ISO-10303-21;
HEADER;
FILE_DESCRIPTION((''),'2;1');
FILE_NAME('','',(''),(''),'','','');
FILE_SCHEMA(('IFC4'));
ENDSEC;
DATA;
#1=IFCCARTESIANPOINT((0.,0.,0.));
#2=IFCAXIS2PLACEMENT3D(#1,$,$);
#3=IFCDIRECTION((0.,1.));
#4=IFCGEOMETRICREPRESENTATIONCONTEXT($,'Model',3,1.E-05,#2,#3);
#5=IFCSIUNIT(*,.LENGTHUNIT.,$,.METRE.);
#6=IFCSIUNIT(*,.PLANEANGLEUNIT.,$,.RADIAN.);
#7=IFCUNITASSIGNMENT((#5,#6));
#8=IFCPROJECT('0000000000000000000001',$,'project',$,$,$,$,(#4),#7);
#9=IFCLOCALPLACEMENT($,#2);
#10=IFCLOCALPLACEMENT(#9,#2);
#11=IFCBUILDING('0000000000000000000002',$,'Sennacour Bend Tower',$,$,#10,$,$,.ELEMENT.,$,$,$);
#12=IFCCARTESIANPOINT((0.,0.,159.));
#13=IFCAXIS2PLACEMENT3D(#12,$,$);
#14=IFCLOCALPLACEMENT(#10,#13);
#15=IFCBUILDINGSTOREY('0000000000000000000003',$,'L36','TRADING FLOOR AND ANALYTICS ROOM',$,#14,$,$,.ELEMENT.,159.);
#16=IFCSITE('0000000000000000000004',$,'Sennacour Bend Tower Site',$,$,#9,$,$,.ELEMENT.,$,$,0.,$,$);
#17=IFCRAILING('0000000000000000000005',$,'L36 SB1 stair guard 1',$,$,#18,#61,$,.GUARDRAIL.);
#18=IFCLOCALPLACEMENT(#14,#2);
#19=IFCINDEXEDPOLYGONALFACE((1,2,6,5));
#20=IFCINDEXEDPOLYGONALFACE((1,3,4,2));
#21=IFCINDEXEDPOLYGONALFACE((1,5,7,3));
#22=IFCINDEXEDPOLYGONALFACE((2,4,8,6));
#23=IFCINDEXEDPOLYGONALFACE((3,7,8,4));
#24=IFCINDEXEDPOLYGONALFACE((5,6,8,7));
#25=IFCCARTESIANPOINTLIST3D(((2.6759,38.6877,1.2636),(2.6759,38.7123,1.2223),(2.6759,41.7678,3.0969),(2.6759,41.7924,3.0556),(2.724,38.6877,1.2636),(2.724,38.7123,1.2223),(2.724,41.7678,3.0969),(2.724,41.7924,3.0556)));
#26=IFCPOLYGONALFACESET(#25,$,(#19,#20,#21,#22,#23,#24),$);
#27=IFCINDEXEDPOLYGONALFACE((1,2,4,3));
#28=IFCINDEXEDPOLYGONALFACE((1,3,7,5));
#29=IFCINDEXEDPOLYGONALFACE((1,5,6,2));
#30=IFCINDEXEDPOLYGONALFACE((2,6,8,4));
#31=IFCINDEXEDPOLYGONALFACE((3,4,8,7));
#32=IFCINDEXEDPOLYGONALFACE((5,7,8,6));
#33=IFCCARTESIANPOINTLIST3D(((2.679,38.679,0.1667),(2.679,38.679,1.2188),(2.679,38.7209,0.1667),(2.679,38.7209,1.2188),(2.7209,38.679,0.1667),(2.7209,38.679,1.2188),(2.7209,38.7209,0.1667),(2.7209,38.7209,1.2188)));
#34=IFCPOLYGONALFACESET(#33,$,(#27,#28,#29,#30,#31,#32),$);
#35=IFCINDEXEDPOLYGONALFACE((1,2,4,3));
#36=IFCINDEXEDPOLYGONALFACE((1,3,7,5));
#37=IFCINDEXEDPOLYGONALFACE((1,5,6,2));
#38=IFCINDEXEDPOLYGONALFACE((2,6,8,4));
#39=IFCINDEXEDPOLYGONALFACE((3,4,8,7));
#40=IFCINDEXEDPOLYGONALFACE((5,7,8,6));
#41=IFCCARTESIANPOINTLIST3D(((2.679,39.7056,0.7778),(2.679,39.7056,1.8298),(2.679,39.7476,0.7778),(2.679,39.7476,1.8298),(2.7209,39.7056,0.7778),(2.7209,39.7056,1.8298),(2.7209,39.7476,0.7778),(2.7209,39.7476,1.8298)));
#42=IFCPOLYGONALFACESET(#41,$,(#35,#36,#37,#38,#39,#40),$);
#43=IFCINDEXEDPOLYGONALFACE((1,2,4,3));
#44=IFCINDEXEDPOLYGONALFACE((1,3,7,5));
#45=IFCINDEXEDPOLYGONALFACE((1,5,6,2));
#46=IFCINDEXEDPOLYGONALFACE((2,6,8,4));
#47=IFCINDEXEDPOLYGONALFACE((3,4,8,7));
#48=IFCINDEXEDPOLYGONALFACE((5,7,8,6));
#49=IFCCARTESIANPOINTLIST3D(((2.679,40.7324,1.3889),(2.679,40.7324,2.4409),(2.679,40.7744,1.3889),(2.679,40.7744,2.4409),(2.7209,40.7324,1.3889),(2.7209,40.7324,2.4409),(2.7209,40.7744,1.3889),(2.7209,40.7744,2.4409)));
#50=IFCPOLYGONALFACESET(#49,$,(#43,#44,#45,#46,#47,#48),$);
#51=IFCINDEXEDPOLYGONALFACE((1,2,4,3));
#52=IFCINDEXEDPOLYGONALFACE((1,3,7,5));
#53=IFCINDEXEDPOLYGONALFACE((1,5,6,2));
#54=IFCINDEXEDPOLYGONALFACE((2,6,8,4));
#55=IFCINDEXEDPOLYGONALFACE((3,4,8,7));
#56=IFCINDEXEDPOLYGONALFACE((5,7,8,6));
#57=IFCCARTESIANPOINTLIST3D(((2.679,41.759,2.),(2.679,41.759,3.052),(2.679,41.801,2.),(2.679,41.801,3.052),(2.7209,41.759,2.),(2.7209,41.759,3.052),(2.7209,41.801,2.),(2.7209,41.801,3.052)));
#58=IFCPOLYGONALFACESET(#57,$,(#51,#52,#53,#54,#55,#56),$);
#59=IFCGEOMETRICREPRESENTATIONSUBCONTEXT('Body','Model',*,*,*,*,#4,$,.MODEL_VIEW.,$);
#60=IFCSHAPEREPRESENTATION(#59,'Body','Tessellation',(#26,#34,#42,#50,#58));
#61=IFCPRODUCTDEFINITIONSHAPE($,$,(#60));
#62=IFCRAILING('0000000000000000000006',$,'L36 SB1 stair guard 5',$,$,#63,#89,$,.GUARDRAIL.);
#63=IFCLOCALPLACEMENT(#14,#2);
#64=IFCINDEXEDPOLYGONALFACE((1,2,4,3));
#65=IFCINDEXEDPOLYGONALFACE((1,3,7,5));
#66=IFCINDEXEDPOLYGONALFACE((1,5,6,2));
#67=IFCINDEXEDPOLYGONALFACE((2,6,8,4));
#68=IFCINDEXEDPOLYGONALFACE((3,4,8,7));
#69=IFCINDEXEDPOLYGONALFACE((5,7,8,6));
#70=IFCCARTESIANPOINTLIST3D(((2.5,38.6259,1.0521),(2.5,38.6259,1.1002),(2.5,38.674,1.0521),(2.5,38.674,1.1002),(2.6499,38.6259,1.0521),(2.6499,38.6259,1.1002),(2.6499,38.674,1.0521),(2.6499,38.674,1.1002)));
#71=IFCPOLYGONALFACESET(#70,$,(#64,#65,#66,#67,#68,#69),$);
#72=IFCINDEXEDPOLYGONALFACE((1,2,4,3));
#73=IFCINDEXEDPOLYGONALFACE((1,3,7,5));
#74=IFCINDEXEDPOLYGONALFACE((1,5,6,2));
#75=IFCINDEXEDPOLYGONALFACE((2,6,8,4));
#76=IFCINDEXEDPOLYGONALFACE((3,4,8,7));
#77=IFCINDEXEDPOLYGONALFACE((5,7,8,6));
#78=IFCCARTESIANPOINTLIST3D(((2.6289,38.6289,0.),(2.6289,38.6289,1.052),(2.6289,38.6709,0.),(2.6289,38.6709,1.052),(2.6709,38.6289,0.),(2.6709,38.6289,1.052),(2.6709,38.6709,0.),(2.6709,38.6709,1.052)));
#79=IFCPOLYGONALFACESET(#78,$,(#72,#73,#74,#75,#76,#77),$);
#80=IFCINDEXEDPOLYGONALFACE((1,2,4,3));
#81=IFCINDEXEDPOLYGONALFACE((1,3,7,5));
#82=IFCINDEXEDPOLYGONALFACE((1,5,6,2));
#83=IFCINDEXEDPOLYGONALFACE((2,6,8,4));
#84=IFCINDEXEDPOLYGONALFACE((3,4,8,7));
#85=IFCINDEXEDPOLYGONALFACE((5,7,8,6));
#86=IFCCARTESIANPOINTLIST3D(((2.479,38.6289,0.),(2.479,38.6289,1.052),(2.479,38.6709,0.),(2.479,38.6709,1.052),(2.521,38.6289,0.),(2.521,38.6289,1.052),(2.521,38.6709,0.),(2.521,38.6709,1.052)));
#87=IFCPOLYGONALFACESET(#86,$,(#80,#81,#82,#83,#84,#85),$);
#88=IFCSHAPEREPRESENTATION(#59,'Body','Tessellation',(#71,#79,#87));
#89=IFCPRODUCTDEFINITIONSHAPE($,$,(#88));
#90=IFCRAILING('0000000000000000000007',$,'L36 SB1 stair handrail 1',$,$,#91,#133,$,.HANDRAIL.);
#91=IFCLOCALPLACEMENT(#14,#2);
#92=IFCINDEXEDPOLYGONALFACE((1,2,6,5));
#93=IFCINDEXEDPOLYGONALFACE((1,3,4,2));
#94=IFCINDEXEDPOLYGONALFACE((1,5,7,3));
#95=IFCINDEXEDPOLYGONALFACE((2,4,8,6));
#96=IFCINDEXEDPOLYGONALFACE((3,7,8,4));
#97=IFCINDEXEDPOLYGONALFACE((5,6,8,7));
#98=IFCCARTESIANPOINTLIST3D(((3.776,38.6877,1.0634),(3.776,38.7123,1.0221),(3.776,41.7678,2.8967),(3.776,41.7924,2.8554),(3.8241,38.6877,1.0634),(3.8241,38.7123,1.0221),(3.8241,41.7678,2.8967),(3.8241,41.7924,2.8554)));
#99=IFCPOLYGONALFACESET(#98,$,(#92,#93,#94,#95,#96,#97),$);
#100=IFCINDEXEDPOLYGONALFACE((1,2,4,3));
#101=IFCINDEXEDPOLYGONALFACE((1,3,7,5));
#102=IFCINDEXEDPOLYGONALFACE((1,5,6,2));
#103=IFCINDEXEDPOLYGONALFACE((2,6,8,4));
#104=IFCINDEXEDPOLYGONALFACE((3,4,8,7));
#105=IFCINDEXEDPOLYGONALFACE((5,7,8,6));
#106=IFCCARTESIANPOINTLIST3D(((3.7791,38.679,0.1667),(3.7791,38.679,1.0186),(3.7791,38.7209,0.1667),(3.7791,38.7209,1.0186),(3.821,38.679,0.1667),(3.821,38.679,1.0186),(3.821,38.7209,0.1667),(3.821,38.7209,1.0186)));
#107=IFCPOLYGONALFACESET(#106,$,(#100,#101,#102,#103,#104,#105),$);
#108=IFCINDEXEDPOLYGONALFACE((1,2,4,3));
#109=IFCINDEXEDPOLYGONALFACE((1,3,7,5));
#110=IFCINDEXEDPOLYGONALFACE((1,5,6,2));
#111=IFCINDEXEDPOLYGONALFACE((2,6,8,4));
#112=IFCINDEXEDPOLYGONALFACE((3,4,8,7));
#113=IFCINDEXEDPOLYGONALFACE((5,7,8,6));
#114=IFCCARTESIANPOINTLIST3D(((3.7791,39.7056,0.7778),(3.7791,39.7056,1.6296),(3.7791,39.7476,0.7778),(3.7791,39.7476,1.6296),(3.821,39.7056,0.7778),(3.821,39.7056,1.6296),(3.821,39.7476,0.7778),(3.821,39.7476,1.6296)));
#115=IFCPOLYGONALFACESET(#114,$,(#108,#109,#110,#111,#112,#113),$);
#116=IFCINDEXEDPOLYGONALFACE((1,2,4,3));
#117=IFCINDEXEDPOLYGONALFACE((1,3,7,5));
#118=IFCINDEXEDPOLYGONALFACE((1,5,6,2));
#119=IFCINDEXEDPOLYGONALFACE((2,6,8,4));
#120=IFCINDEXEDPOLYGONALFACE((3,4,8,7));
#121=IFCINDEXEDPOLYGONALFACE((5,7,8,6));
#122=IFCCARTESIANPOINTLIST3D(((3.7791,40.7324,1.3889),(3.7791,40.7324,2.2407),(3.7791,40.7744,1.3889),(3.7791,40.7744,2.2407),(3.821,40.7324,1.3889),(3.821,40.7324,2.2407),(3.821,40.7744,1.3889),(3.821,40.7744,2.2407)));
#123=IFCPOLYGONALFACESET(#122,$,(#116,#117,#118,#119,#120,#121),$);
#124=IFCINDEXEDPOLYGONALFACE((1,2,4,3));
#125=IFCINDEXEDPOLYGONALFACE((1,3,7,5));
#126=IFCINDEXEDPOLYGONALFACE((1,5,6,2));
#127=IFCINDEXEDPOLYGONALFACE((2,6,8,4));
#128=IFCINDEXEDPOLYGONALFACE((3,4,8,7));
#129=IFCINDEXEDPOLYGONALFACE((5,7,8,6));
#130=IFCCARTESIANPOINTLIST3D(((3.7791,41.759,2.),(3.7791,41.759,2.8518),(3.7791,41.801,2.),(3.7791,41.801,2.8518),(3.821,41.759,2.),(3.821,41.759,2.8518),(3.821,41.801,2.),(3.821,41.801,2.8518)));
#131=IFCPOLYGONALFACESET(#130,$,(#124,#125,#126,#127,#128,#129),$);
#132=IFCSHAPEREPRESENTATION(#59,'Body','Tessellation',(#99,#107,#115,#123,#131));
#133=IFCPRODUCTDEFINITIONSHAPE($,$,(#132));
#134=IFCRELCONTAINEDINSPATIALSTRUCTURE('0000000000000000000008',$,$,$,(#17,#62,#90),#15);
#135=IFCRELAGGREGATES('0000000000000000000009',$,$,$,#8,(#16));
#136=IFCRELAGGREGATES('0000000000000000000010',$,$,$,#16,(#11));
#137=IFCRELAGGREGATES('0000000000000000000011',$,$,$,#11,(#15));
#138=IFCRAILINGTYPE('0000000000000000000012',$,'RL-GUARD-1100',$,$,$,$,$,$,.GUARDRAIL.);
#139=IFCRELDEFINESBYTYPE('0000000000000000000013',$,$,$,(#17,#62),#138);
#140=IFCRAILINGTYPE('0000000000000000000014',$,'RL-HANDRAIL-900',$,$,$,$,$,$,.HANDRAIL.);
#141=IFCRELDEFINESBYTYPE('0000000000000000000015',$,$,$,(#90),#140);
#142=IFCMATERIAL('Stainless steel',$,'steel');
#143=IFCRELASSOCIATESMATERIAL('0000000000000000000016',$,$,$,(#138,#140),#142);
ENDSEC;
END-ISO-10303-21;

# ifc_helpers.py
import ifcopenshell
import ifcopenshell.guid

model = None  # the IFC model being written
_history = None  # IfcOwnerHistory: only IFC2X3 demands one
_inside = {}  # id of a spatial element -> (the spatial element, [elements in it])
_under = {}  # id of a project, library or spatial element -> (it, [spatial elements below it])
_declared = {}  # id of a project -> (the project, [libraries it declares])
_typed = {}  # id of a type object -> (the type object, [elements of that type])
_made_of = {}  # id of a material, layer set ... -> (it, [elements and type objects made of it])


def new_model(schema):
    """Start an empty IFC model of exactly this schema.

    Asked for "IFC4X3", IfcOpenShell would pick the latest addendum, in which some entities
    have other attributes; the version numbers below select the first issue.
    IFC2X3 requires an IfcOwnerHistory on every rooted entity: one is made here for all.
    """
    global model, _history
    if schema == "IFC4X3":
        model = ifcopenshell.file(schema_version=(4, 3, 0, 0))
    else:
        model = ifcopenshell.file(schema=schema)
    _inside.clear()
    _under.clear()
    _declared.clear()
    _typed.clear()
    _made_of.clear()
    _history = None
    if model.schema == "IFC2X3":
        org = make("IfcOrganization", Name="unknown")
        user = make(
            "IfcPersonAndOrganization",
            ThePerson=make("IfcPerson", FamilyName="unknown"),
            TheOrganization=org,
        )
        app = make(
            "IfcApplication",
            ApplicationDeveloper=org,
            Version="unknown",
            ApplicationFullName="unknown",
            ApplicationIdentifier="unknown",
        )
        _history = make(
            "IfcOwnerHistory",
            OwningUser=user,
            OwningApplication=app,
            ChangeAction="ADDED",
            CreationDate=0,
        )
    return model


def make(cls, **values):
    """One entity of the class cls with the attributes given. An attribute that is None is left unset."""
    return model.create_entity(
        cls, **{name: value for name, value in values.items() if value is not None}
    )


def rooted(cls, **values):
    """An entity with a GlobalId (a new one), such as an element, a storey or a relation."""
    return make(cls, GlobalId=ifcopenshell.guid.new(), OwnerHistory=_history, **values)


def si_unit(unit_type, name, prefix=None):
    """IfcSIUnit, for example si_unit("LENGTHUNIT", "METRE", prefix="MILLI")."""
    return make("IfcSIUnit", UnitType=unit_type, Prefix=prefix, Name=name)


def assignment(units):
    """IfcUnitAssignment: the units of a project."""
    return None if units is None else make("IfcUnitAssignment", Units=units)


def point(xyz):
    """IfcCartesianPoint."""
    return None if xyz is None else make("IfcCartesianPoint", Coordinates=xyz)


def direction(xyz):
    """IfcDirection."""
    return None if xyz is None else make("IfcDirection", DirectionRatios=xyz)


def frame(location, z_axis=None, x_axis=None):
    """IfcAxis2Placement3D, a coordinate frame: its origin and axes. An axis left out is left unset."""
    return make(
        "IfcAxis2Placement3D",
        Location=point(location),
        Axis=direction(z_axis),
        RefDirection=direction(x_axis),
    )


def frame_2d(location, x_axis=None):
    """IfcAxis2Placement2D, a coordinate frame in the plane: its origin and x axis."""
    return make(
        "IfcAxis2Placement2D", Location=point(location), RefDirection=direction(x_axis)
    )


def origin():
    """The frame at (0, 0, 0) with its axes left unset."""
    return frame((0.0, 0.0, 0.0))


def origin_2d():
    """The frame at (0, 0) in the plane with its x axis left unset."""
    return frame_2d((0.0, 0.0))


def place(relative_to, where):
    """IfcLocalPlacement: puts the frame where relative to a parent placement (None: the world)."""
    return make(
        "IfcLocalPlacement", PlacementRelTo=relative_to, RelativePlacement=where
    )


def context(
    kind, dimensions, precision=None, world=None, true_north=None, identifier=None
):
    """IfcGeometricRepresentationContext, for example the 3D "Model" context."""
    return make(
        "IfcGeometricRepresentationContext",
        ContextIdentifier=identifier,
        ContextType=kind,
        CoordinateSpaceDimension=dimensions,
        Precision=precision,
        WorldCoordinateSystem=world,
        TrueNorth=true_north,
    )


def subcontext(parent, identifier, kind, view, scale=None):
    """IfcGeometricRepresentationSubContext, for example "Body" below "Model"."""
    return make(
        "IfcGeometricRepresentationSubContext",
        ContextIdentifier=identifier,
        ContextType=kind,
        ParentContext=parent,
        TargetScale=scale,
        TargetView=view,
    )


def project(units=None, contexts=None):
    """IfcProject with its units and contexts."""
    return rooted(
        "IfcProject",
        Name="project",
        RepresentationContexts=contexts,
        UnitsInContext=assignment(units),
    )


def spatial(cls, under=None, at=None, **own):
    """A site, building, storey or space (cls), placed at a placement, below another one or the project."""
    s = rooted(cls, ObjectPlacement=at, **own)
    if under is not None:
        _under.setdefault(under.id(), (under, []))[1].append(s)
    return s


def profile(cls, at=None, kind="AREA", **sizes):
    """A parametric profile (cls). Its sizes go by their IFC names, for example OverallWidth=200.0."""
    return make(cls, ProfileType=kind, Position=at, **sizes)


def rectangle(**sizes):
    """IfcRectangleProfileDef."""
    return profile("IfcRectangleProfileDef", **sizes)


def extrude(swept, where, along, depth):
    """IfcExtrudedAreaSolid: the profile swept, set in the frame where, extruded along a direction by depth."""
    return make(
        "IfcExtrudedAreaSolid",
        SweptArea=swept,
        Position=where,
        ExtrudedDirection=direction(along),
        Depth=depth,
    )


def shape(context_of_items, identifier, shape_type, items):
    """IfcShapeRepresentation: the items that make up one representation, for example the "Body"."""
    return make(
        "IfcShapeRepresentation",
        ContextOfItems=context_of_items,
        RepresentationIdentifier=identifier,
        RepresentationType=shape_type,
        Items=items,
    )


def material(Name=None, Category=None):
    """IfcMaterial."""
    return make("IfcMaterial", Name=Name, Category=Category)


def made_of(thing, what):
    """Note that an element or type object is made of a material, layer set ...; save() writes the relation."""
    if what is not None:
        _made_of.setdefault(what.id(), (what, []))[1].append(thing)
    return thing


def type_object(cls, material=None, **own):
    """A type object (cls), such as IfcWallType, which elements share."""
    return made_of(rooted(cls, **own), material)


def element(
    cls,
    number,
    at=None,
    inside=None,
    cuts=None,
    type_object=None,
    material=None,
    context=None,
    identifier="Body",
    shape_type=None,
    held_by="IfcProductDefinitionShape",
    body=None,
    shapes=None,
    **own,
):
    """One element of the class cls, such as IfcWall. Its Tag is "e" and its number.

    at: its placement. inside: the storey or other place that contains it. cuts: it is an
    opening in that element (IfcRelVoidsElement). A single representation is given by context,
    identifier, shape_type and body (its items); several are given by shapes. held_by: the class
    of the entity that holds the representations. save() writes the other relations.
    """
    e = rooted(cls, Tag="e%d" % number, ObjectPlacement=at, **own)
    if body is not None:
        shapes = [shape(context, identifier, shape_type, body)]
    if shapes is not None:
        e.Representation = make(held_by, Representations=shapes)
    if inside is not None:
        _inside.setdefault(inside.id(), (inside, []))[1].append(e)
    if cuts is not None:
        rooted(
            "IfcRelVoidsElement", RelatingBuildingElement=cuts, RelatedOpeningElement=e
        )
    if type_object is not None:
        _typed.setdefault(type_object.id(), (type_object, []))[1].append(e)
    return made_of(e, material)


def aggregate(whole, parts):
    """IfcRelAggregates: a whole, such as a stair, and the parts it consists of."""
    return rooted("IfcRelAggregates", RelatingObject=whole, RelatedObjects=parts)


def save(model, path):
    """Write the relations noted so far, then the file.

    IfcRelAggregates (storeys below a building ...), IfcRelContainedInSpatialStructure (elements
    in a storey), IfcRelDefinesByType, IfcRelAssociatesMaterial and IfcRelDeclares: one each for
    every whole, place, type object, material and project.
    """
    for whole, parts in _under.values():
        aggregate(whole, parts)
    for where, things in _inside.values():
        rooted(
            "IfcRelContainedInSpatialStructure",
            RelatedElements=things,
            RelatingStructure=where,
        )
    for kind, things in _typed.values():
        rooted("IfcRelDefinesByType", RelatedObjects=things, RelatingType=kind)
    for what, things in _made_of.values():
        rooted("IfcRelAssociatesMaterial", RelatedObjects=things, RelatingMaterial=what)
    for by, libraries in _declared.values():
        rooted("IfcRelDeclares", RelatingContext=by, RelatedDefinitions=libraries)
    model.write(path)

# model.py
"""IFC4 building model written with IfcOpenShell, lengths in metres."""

from ifc_helpers import new_model, si_unit, direction, frame, origin, origin_2d, place, context, subcontext, project, spatial, rectangle, extrude, material, type_object, element, save


model = new_model("IFC4")

# Units and contexts
model_context = context("Model", 3, precision=1e-05, world=origin(), true_north=direction((0.0, 1.0)))
body_context = subcontext(model_context, "Body", "Model", "MODEL_VIEW")
ifc_project = project(units=[si_unit("LENGTHUNIT", "METRE"), si_unit("PLANEANGLEUNIT", "RADIAN")], contexts=[model_context])

# Site, building, storey
site_placement = place(None, origin())
site = spatial("IfcSite", under=ifc_project, at=site_placement, Name="Sennacour Bend Tower Site", CompositionType="ELEMENT", RefElevation=0.0)
building_placement = place(site_placement, origin())
building = spatial("IfcBuilding", under=site, at=building_placement, Name="Sennacour Bend Tower", CompositionType="ELEMENT")
storey_placement = place(building_placement, frame((0.0, 0.0, 159.0)))
storey = spatial("IfcBuildingStorey", under=building, at=storey_placement, Name="L36", Description="TRADING FLOOR AND ANALYTICS ROOM", CompositionType="ELEMENT", Elevation=159.0)

# Shared definitions
ifc_material_1 = material(Name="Stainless steel", Category="steel")

# Railings
railing_type_1 = type_object("IfcRailingType", Name="RL-GUARD-1100", PredefinedType="GUARDRAIL", material=ifc_material_1)
railing_1_placement = place(storey_placement, frame((2.7, 38.7, 0.1667)))
element("IfcRailing", 1, at=railing_1_placement, inside=storey, type_object=railing_type_1, Name="L36 SB1 stair guard 1", PredefinedType="GUARDRAIL", context=body_context, shape_type="SweptSolid", body=[
    extrude(rectangle(XDim=0.0481, YDim=0.0481, at=origin_2d()), frame((0.0, 0.0, 1.0762), z_axis=(0.0, 0.859309, 0.511458), x_axis=(-1.0, 0.0, 0.0)), (0.0, 0.0, 1.0), 3.5845),
    extrude(rectangle(XDim=0.042, YDim=0.042, at=origin_2d()), origin(), (0.0, 0.0, 1.0), 1.052),
    extrude(rectangle(XDim=0.042, YDim=0.042, at=origin_2d()), frame((0.0, 1.0266, 0.6111)), (0.0, 0.0, 1.0), 1.052),
    extrude(rectangle(XDim=0.042, YDim=0.042, at=origin_2d()), frame((0.0, 2.0535, 1.2222)), (0.0, 0.0, 1.0), 1.052),
    extrude(rectangle(XDim=0.042, YDim=0.042, at=origin_2d()), frame((0.0, 3.0801, 1.8333)), (0.0, 0.0, 1.0), 1.052),
])
railing_2_placement = place(storey_placement, frame((2.6499, 38.6499, 0.0)))
element("IfcRailing", 2, at=railing_2_placement, inside=storey, type_object=railing_type_1, Name="L36 SB1 stair guard 5", PredefinedType="GUARDRAIL", context=body_context, shape_type="SweptSolid", body=[
    extrude(rectangle(XDim=0.0481, YDim=0.0481, at=origin_2d()), frame((0.0, 0.0, 1.0762), z_axis=(-1.0, 0.0, 0.0), x_axis=(0.0, -1.0, 0.0)), (0.0, 0.0, 1.0), 0.1499),
    extrude(rectangle(XDim=0.042, YDim=0.042, at=origin_2d()), origin(), (0.0, 0.0, 1.0), 1.052),
    extrude(rectangle(XDim=0.042, YDim=0.042, at=origin_2d()), frame((-0.1499, 0.0, 0.0)), (0.0, 0.0, 1.0), 1.052),
])
railing_type_2 = type_object("IfcRailingType", Name="RL-HANDRAIL-900", PredefinedType="HANDRAIL", material=ifc_material_1)
railing_3_placement = place(storey_placement, frame((3.8, 38.7, 0.1667)))
element("IfcRailing", 3, at=railing_3_placement, inside=storey, type_object=railing_type_2, Name="L36 SB1 stair handrail 1", PredefinedType="HANDRAIL", context=body_context, shape_type="SweptSolid", body=[
    extrude(rectangle(XDim=0.0481, YDim=0.0481, at=origin_2d()), frame((0.0, 0.0, 0.876), z_axis=(0.0, 0.859309, 0.511458), x_axis=(-1.0, 0.0, 0.0)), (0.0, 0.0, 1.0), 3.5845),
    extrude(rectangle(XDim=0.042, YDim=0.042, at=origin_2d()), origin(), (0.0, 0.0, 1.0), 0.8518),
    extrude(rectangle(XDim=0.042, YDim=0.042, at=origin_2d()), frame((0.0, 1.0266, 0.6111)), (0.0, 0.0, 1.0), 0.8518),
    extrude(rectangle(XDim=0.042, YDim=0.042, at=origin_2d()), frame((0.0, 2.0535, 1.2222)), (0.0, 0.0, 1.0), 0.8518),
    extrude(rectangle(XDim=0.042, YDim=0.042, at=origin_2d()), frame((0.0, 3.0801, 1.8333)), (0.0, 0.0, 1.0), 0.8518),
])

save(model, "model.ifc")
